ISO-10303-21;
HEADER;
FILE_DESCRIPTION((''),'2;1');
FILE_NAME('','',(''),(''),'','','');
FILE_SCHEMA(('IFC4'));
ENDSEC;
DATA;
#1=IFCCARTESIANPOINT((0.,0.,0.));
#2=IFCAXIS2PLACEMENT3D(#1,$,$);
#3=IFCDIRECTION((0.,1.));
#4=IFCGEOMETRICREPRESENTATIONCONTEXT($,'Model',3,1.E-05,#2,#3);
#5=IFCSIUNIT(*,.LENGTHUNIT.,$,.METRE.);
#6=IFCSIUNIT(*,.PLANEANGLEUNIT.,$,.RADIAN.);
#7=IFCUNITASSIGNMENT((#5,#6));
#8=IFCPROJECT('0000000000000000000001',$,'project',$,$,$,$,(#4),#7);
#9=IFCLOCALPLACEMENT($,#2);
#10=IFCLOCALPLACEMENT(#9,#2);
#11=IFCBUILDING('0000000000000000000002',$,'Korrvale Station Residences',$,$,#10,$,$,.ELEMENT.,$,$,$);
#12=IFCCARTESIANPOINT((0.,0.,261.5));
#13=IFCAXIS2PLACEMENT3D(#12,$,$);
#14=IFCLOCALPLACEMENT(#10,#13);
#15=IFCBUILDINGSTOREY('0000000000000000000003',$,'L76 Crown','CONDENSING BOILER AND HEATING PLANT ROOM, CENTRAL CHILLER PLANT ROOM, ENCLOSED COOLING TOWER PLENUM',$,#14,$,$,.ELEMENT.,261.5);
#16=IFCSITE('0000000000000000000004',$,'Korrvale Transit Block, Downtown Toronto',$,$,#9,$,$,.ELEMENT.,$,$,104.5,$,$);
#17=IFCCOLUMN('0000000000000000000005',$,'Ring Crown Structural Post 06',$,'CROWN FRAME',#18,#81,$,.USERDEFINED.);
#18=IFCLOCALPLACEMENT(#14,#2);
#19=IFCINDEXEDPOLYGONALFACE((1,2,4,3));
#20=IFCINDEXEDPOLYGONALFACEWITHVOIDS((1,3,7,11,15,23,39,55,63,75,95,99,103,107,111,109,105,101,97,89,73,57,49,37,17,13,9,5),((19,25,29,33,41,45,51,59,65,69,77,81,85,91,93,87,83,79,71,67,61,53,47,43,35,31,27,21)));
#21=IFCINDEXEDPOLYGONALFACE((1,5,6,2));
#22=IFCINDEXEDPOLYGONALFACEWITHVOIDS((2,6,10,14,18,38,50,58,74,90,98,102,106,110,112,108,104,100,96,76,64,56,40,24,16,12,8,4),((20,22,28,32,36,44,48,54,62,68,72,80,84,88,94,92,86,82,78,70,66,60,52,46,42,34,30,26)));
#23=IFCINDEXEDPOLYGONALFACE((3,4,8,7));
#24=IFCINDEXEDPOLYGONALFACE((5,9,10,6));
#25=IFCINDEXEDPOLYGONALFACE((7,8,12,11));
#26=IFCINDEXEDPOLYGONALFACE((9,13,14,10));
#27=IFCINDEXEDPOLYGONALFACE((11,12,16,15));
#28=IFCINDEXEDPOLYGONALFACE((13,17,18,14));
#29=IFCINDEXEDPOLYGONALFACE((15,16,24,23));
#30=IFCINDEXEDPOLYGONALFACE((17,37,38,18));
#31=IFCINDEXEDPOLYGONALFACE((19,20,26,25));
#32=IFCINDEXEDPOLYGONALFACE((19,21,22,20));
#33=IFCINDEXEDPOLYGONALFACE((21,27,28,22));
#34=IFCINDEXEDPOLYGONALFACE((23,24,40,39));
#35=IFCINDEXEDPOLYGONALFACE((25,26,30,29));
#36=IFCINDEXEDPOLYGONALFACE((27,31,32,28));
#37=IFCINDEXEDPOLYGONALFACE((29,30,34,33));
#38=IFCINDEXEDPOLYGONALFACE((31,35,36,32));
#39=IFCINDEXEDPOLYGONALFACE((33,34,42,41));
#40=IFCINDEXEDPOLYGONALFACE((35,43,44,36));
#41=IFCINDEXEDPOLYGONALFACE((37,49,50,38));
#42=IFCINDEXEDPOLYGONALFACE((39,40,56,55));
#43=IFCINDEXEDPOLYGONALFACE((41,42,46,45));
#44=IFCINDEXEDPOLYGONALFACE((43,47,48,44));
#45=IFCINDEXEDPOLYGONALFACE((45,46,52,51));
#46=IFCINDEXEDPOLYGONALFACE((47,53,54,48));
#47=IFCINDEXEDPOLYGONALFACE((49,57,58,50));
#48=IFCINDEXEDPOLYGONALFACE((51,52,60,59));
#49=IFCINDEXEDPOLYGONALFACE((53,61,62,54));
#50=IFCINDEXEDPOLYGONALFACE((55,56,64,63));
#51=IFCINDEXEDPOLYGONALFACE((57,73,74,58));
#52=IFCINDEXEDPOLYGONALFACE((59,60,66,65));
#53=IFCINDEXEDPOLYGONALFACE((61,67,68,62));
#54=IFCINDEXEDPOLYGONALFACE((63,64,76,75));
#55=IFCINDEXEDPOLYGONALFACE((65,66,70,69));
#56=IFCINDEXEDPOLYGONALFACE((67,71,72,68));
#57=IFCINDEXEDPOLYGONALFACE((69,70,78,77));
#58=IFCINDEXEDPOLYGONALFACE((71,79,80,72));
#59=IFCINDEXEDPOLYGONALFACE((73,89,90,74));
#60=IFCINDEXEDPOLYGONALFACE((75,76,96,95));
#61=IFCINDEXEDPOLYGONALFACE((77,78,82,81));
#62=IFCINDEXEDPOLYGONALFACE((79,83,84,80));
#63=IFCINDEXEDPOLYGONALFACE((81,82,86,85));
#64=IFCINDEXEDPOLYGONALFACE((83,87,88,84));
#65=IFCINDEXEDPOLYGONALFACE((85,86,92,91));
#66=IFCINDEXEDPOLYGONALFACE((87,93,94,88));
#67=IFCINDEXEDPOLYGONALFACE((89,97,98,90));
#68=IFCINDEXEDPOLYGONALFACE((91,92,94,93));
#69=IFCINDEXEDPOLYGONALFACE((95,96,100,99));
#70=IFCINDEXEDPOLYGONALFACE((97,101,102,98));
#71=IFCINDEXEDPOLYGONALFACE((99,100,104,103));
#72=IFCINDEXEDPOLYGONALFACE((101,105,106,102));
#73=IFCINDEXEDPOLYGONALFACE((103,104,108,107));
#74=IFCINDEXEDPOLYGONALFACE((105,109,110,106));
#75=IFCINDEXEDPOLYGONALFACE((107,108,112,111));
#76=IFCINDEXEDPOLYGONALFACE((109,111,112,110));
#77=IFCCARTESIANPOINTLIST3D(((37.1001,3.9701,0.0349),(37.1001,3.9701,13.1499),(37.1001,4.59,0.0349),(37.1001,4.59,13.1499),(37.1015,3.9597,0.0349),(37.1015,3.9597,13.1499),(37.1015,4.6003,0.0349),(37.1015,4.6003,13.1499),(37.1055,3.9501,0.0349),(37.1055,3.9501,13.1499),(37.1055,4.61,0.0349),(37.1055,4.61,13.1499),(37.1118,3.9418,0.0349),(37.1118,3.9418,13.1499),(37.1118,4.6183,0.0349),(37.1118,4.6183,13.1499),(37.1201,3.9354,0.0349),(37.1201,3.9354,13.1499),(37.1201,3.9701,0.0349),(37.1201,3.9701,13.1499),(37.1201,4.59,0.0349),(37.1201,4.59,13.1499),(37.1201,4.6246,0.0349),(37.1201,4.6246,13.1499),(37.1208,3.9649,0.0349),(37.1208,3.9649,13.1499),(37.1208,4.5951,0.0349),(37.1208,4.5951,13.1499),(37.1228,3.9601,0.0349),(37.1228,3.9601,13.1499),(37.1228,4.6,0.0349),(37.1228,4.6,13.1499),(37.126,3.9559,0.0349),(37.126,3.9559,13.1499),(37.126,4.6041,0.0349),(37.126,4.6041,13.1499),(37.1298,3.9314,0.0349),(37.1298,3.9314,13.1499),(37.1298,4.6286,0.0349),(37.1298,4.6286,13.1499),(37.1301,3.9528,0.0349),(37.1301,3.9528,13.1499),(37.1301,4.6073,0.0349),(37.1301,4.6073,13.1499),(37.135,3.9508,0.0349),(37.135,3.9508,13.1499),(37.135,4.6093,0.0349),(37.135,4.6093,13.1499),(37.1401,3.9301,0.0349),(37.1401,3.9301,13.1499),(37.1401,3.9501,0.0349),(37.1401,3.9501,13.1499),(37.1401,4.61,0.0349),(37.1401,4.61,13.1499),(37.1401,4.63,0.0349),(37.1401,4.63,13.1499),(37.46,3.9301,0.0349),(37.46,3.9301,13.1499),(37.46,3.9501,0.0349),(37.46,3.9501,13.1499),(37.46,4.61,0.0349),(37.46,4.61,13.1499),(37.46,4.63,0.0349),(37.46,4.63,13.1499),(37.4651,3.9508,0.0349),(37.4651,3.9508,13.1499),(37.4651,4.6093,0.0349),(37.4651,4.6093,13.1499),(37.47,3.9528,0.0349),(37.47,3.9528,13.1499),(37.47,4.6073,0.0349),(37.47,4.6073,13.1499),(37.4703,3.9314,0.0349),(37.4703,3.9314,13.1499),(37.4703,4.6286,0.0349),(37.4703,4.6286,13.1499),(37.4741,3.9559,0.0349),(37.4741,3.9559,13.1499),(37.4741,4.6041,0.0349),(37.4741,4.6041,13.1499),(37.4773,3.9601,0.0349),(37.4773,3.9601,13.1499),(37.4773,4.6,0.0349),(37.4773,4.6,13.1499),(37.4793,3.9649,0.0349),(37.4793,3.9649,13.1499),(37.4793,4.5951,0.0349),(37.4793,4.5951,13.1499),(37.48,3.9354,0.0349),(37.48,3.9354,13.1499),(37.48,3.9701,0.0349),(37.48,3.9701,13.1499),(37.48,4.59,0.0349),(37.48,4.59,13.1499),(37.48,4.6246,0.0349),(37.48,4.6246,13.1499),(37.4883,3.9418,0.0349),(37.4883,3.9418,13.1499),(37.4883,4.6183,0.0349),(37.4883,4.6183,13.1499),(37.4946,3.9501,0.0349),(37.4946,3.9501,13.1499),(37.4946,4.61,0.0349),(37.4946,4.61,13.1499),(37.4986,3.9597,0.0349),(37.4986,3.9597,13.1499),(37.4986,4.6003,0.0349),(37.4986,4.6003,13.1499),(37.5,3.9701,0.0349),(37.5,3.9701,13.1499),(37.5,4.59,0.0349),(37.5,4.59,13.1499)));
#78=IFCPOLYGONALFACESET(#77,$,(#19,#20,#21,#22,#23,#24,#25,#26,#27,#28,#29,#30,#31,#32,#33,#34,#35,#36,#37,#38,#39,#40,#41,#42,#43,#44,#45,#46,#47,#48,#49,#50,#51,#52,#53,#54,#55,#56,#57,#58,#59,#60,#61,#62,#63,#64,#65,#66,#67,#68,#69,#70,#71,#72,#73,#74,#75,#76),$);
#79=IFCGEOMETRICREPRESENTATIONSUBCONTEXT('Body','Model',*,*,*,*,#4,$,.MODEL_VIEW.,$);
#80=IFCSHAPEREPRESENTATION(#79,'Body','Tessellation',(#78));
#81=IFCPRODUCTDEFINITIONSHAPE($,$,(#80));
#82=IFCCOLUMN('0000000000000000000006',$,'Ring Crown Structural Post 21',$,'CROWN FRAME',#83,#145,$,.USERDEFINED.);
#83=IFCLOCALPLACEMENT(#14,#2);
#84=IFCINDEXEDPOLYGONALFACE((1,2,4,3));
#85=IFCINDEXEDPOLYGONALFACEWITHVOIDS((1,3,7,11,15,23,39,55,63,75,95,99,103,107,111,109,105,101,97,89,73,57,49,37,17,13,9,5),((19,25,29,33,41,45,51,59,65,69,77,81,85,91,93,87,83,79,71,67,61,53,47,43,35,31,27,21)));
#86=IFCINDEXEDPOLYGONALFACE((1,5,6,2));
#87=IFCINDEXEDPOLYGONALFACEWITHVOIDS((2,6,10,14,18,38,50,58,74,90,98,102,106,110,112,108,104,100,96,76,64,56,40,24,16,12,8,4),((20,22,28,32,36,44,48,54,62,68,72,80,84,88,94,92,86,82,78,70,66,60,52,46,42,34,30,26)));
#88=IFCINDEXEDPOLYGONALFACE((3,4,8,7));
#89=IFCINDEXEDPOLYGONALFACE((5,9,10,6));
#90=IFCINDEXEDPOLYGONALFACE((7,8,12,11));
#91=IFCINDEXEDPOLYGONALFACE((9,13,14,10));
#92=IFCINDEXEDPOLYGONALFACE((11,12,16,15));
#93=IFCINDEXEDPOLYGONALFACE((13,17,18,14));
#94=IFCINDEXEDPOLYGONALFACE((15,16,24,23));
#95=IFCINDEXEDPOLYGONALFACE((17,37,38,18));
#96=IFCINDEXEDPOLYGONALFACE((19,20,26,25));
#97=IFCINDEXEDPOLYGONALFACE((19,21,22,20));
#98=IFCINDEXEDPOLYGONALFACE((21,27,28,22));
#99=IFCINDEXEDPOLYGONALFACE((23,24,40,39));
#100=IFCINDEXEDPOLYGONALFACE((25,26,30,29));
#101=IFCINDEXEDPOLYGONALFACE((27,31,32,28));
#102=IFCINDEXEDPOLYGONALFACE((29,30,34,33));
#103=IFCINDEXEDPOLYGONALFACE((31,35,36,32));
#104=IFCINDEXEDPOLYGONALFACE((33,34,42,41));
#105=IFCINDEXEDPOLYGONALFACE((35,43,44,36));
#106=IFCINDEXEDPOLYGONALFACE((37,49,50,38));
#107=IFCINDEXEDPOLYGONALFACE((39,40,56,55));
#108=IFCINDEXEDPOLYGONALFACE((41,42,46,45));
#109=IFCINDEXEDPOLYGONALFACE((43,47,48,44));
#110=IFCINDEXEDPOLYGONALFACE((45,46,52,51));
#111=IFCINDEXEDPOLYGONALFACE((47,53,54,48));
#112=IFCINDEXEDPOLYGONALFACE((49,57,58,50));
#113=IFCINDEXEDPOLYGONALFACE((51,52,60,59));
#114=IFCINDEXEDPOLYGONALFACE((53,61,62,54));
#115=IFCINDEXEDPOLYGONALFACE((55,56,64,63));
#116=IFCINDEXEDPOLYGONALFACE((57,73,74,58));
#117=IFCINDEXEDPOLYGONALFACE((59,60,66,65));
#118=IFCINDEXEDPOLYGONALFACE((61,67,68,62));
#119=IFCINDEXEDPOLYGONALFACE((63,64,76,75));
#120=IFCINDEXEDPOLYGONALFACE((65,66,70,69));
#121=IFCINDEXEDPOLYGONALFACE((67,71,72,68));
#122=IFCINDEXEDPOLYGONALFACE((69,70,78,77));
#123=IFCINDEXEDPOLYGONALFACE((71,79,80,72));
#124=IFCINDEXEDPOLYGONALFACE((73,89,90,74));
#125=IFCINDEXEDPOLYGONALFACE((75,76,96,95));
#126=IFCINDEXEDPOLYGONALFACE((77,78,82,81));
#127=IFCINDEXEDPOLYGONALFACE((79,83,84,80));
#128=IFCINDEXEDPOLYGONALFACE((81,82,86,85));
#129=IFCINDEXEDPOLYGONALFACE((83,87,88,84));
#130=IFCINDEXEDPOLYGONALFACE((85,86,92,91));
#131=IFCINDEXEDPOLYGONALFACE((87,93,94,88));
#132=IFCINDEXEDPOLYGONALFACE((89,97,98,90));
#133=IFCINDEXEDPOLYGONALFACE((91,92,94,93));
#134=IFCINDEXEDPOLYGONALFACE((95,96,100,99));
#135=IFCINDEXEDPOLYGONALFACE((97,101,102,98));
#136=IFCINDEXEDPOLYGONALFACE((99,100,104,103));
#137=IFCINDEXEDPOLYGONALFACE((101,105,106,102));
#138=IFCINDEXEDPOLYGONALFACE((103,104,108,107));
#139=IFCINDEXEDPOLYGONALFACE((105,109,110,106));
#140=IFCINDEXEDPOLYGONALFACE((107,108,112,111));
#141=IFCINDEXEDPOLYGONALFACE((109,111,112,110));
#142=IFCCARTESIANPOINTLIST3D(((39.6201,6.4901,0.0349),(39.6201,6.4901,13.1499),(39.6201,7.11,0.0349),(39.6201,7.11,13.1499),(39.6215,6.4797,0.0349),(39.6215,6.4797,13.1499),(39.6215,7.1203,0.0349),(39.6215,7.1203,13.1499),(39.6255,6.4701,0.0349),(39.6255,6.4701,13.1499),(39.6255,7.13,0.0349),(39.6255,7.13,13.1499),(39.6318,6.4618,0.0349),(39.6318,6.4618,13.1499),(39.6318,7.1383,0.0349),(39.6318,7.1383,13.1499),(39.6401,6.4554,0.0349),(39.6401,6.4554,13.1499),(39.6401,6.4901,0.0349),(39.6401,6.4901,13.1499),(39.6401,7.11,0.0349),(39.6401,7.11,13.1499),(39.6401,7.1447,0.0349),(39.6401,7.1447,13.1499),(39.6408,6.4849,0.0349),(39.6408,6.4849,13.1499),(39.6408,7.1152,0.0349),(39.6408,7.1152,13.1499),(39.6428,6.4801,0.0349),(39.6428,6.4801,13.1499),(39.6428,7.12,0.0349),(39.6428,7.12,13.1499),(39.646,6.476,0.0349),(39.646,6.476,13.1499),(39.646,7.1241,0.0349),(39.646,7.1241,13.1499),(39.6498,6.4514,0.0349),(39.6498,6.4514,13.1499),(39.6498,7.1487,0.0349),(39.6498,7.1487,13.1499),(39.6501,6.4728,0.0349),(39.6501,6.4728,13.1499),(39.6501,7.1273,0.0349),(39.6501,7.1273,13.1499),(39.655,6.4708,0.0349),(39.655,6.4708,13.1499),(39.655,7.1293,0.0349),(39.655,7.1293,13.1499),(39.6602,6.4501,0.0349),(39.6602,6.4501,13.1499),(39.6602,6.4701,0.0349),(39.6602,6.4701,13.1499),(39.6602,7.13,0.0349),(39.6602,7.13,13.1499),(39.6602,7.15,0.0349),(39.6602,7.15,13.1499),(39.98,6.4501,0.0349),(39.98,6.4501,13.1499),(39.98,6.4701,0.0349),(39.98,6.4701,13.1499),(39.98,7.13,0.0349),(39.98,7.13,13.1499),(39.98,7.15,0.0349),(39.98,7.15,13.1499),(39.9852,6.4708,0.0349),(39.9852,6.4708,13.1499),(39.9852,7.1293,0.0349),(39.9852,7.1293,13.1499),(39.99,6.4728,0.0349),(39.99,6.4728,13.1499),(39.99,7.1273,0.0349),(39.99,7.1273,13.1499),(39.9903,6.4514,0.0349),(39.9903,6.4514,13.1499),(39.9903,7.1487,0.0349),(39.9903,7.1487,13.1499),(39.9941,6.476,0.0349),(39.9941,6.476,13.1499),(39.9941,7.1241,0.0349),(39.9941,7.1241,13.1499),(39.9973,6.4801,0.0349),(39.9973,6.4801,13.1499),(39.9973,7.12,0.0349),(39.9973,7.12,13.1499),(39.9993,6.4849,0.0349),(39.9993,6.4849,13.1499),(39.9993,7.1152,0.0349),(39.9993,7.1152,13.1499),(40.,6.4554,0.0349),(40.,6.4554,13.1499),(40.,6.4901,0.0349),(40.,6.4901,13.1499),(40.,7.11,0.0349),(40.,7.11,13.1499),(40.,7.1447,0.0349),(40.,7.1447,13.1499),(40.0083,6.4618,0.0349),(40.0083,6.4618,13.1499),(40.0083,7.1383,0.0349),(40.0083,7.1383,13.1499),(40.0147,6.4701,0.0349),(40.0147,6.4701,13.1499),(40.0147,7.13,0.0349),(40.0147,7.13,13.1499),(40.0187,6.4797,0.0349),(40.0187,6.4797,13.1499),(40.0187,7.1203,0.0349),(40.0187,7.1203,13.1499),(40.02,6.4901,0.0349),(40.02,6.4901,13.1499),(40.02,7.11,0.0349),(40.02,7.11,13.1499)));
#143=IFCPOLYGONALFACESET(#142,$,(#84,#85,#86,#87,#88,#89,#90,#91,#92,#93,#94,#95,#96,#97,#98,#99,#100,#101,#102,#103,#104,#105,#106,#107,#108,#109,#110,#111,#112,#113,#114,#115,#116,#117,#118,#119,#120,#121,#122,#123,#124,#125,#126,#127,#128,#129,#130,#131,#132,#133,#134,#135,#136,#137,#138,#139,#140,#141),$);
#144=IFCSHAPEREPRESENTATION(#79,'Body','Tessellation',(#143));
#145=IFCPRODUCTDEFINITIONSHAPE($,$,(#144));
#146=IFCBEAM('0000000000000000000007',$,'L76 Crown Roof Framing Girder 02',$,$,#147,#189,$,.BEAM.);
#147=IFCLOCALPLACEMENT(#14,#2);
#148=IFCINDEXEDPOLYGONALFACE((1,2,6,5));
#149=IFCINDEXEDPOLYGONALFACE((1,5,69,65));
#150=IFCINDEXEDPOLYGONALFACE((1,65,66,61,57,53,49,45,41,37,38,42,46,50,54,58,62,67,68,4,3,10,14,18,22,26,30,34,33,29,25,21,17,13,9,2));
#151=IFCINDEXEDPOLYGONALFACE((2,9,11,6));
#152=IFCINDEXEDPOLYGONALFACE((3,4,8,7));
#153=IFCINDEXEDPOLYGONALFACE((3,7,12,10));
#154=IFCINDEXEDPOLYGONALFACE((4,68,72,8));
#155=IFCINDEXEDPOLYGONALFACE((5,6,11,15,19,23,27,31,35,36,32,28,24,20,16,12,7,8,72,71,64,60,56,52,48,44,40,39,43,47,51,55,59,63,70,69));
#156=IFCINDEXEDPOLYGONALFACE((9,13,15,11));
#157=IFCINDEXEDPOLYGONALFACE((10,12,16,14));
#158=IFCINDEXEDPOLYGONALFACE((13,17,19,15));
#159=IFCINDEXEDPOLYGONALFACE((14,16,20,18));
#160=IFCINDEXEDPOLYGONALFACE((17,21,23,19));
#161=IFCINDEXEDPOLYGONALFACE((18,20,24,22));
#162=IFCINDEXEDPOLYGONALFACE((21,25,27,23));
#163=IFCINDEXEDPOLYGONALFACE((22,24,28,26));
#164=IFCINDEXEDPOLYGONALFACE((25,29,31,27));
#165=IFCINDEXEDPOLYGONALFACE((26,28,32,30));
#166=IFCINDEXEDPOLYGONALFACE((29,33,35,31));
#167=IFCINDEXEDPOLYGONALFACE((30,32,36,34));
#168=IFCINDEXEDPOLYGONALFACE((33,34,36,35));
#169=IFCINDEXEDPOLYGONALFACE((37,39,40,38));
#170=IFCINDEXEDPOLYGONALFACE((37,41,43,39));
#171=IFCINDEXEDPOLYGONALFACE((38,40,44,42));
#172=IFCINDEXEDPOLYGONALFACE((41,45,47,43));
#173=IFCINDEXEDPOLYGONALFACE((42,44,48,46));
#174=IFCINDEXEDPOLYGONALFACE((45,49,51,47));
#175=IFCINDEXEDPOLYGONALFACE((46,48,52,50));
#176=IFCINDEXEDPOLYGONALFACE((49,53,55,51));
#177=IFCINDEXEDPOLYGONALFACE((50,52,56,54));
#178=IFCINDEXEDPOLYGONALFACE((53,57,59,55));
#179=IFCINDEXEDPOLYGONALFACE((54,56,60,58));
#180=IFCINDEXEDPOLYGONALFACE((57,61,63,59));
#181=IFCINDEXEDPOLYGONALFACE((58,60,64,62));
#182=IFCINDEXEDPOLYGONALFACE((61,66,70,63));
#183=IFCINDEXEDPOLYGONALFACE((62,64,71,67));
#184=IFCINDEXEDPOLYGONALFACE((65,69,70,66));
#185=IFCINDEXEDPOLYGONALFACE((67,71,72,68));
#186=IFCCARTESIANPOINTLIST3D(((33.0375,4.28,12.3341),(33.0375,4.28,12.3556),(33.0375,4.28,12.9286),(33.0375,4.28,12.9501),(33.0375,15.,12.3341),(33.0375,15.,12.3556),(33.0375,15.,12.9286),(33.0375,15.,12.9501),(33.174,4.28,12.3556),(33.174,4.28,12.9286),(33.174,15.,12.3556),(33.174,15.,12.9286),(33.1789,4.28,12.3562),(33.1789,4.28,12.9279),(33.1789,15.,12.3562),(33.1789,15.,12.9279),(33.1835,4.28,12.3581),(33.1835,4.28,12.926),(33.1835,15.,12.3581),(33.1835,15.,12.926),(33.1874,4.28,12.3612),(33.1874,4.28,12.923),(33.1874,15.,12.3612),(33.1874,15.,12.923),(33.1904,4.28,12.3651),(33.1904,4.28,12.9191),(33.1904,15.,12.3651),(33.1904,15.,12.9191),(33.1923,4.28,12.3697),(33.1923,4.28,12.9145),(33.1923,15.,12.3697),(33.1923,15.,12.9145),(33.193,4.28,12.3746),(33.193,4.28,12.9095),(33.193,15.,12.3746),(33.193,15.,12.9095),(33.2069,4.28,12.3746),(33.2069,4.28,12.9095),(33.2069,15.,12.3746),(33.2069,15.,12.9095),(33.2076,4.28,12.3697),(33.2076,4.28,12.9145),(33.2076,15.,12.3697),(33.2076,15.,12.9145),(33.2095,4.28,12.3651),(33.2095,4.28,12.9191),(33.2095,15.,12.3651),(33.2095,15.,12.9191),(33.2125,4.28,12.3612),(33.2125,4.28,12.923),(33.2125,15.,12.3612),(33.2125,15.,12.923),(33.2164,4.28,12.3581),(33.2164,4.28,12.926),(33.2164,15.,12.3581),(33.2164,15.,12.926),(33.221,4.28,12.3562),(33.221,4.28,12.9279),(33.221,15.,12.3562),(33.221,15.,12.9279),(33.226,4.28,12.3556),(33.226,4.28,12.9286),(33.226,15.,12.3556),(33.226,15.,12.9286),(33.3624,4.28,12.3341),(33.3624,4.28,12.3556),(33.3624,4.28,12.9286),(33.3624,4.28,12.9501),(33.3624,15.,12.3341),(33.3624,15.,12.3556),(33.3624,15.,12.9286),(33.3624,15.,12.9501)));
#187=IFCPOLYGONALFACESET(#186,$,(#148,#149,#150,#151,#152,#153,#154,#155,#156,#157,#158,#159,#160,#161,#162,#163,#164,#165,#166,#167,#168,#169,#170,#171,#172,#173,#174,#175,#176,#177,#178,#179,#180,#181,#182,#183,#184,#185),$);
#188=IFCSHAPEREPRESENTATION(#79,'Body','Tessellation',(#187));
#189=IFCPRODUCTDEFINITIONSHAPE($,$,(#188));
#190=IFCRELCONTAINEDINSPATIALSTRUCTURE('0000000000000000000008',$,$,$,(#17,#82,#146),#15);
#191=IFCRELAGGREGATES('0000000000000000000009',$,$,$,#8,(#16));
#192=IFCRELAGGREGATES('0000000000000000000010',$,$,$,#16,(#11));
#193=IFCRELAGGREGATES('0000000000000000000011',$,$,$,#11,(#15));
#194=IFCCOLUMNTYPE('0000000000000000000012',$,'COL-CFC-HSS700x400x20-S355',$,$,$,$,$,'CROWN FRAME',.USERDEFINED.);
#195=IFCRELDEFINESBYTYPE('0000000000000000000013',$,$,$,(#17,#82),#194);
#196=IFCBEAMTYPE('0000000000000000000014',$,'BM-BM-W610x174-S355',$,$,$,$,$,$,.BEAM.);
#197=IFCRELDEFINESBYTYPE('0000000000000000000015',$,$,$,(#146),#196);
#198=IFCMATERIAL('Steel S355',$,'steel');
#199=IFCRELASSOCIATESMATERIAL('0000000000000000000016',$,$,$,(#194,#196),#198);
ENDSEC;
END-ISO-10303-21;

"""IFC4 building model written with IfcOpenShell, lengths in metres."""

from ifc_helpers import new_model, si_unit, direction, frame, origin, origin_2d, place, context, subcontext, project, spatial, hollow_rectangle, i_section, extrude, material, material_profile, profile_set, type_object, element, save


model = new_model("IFC4")

# Units and contexts
model_context = context("Model", 3, precision=1e-05, world=origin(), true_north=direction((0.0, 1.0)))
body_context = subcontext(model_context, "Body", "Model", "MODEL_VIEW")
ifc_project = project(units=[si_unit("LENGTHUNIT", "METRE"), si_unit("PLANEANGLEUNIT", "RADIAN")], contexts=[model_context])

# Site, building, storey
site_placement = place(None, origin())
site = spatial("IfcSite", under=ifc_project, at=site_placement, Name="Korrvale Transit Block, Downtown Toronto", CompositionType="ELEMENT", RefElevation=104.5)
building_placement = place(site_placement, origin())
building = spatial("IfcBuilding", under=site, at=building_placement, Name="Korrvale Station Residences", CompositionType="ELEMENT")
storey_placement = place(building_placement, frame((0.0, 0.0, 261.5)))
storey = spatial("IfcBuildingStorey", under=building, at=storey_placement, Name="L76 Crown", Description="CONDENSING BOILER AND HEATING PLANT ROOM, CENTRAL CHILLER PLANT ROOM, ENCLOSED COOLING TOWER PLENUM", CompositionType="ELEMENT", Elevation=261.5)

# Columns
ifc_material_1 = material(Name="Steel S355", Category="steel")
ifc_material_profile_1 = material_profile(ifc_material_1, hollow_rectangle(XDim=0.3999, YDim=0.7, WallThickness=0.02, InnerFilletRadius=0.02, OuterFilletRadius=0.04, at=origin_2d()), Name="HSS700x400x20")
ifc_profile_set_1 = profile_set([ifc_material_profile_1], Name="Steel S355")
column_type = type_object("IfcColumnType", Name="COL-CFC-HSS700x400x20-S355", ElementType="CROWN FRAME", PredefinedType="USERDEFINED", material=ifc_profile_set_1)
for number, where, z_axis, x_axis, name in (
    (1, (37.3, 4.28, 0.0349), (0.0, 0.0, 1.0), (1.0, 0.0, 0.0), "Ring Crown Structural Post 06"),
    (2, (39.8201, 6.8, 0.0349), (0.0, 0.0, 1.0), (1.0, 0.0, 0.0), "Ring Crown Structural Post 21"),
):
    element("IfcColumn", number, at=place(storey_placement, frame(where, z_axis=z_axis, x_axis=x_axis)), inside=storey, type_object=column_type, Name=name, ObjectType="CROWN FRAME", PredefinedType="USERDEFINED", context=body_context, shape_type="SweptSolid", body=[
        extrude(hollow_rectangle(XDim=0.3999, YDim=0.7, WallThickness=0.02, InnerFilletRadius=0.02, OuterFilletRadius=0.04, at=origin_2d()), origin(), (0.0, 0.0, 1.0), 13.115),
    ])

# Beam
ifc_material_profile_2 = material_profile(ifc_material_1, i_section(OverallWidth=0.325, OverallDepth=0.616, WebThickness=0.0139, FlangeThickness=0.0215, FilletRadius=0.019, at=origin_2d()), Name="W610x174")
ifc_profile_set_2 = profile_set([ifc_material_profile_2], Name="Steel S355")
beam_type_1 = type_object("IfcBeamType", Name="BM-BM-W610x174-S355", PredefinedType="BEAM", material=ifc_profile_set_2)
beam_placement = place(storey_placement, frame((33.2, 4.28, 12.6421), z_axis=(0.0, 1.0, 0.0), x_axis=(-1.0, 0.0, 0.0)))
element("IfcBeam", 3, at=beam_placement, inside=storey, type_object=beam_type_1, Name="L76 Crown Roof Framing Girder 02", PredefinedType="BEAM", context=body_context, shape_type="SweptSolid", body=[
    extrude(i_section(OverallWidth=0.325, OverallDepth=0.616, WebThickness=0.0139, FlangeThickness=0.0215, FilletRadius=0.019, at=origin_2d()), origin(), (0.0, 0.0, 1.0), 10.72),
])

save(model, "model.ifc")
